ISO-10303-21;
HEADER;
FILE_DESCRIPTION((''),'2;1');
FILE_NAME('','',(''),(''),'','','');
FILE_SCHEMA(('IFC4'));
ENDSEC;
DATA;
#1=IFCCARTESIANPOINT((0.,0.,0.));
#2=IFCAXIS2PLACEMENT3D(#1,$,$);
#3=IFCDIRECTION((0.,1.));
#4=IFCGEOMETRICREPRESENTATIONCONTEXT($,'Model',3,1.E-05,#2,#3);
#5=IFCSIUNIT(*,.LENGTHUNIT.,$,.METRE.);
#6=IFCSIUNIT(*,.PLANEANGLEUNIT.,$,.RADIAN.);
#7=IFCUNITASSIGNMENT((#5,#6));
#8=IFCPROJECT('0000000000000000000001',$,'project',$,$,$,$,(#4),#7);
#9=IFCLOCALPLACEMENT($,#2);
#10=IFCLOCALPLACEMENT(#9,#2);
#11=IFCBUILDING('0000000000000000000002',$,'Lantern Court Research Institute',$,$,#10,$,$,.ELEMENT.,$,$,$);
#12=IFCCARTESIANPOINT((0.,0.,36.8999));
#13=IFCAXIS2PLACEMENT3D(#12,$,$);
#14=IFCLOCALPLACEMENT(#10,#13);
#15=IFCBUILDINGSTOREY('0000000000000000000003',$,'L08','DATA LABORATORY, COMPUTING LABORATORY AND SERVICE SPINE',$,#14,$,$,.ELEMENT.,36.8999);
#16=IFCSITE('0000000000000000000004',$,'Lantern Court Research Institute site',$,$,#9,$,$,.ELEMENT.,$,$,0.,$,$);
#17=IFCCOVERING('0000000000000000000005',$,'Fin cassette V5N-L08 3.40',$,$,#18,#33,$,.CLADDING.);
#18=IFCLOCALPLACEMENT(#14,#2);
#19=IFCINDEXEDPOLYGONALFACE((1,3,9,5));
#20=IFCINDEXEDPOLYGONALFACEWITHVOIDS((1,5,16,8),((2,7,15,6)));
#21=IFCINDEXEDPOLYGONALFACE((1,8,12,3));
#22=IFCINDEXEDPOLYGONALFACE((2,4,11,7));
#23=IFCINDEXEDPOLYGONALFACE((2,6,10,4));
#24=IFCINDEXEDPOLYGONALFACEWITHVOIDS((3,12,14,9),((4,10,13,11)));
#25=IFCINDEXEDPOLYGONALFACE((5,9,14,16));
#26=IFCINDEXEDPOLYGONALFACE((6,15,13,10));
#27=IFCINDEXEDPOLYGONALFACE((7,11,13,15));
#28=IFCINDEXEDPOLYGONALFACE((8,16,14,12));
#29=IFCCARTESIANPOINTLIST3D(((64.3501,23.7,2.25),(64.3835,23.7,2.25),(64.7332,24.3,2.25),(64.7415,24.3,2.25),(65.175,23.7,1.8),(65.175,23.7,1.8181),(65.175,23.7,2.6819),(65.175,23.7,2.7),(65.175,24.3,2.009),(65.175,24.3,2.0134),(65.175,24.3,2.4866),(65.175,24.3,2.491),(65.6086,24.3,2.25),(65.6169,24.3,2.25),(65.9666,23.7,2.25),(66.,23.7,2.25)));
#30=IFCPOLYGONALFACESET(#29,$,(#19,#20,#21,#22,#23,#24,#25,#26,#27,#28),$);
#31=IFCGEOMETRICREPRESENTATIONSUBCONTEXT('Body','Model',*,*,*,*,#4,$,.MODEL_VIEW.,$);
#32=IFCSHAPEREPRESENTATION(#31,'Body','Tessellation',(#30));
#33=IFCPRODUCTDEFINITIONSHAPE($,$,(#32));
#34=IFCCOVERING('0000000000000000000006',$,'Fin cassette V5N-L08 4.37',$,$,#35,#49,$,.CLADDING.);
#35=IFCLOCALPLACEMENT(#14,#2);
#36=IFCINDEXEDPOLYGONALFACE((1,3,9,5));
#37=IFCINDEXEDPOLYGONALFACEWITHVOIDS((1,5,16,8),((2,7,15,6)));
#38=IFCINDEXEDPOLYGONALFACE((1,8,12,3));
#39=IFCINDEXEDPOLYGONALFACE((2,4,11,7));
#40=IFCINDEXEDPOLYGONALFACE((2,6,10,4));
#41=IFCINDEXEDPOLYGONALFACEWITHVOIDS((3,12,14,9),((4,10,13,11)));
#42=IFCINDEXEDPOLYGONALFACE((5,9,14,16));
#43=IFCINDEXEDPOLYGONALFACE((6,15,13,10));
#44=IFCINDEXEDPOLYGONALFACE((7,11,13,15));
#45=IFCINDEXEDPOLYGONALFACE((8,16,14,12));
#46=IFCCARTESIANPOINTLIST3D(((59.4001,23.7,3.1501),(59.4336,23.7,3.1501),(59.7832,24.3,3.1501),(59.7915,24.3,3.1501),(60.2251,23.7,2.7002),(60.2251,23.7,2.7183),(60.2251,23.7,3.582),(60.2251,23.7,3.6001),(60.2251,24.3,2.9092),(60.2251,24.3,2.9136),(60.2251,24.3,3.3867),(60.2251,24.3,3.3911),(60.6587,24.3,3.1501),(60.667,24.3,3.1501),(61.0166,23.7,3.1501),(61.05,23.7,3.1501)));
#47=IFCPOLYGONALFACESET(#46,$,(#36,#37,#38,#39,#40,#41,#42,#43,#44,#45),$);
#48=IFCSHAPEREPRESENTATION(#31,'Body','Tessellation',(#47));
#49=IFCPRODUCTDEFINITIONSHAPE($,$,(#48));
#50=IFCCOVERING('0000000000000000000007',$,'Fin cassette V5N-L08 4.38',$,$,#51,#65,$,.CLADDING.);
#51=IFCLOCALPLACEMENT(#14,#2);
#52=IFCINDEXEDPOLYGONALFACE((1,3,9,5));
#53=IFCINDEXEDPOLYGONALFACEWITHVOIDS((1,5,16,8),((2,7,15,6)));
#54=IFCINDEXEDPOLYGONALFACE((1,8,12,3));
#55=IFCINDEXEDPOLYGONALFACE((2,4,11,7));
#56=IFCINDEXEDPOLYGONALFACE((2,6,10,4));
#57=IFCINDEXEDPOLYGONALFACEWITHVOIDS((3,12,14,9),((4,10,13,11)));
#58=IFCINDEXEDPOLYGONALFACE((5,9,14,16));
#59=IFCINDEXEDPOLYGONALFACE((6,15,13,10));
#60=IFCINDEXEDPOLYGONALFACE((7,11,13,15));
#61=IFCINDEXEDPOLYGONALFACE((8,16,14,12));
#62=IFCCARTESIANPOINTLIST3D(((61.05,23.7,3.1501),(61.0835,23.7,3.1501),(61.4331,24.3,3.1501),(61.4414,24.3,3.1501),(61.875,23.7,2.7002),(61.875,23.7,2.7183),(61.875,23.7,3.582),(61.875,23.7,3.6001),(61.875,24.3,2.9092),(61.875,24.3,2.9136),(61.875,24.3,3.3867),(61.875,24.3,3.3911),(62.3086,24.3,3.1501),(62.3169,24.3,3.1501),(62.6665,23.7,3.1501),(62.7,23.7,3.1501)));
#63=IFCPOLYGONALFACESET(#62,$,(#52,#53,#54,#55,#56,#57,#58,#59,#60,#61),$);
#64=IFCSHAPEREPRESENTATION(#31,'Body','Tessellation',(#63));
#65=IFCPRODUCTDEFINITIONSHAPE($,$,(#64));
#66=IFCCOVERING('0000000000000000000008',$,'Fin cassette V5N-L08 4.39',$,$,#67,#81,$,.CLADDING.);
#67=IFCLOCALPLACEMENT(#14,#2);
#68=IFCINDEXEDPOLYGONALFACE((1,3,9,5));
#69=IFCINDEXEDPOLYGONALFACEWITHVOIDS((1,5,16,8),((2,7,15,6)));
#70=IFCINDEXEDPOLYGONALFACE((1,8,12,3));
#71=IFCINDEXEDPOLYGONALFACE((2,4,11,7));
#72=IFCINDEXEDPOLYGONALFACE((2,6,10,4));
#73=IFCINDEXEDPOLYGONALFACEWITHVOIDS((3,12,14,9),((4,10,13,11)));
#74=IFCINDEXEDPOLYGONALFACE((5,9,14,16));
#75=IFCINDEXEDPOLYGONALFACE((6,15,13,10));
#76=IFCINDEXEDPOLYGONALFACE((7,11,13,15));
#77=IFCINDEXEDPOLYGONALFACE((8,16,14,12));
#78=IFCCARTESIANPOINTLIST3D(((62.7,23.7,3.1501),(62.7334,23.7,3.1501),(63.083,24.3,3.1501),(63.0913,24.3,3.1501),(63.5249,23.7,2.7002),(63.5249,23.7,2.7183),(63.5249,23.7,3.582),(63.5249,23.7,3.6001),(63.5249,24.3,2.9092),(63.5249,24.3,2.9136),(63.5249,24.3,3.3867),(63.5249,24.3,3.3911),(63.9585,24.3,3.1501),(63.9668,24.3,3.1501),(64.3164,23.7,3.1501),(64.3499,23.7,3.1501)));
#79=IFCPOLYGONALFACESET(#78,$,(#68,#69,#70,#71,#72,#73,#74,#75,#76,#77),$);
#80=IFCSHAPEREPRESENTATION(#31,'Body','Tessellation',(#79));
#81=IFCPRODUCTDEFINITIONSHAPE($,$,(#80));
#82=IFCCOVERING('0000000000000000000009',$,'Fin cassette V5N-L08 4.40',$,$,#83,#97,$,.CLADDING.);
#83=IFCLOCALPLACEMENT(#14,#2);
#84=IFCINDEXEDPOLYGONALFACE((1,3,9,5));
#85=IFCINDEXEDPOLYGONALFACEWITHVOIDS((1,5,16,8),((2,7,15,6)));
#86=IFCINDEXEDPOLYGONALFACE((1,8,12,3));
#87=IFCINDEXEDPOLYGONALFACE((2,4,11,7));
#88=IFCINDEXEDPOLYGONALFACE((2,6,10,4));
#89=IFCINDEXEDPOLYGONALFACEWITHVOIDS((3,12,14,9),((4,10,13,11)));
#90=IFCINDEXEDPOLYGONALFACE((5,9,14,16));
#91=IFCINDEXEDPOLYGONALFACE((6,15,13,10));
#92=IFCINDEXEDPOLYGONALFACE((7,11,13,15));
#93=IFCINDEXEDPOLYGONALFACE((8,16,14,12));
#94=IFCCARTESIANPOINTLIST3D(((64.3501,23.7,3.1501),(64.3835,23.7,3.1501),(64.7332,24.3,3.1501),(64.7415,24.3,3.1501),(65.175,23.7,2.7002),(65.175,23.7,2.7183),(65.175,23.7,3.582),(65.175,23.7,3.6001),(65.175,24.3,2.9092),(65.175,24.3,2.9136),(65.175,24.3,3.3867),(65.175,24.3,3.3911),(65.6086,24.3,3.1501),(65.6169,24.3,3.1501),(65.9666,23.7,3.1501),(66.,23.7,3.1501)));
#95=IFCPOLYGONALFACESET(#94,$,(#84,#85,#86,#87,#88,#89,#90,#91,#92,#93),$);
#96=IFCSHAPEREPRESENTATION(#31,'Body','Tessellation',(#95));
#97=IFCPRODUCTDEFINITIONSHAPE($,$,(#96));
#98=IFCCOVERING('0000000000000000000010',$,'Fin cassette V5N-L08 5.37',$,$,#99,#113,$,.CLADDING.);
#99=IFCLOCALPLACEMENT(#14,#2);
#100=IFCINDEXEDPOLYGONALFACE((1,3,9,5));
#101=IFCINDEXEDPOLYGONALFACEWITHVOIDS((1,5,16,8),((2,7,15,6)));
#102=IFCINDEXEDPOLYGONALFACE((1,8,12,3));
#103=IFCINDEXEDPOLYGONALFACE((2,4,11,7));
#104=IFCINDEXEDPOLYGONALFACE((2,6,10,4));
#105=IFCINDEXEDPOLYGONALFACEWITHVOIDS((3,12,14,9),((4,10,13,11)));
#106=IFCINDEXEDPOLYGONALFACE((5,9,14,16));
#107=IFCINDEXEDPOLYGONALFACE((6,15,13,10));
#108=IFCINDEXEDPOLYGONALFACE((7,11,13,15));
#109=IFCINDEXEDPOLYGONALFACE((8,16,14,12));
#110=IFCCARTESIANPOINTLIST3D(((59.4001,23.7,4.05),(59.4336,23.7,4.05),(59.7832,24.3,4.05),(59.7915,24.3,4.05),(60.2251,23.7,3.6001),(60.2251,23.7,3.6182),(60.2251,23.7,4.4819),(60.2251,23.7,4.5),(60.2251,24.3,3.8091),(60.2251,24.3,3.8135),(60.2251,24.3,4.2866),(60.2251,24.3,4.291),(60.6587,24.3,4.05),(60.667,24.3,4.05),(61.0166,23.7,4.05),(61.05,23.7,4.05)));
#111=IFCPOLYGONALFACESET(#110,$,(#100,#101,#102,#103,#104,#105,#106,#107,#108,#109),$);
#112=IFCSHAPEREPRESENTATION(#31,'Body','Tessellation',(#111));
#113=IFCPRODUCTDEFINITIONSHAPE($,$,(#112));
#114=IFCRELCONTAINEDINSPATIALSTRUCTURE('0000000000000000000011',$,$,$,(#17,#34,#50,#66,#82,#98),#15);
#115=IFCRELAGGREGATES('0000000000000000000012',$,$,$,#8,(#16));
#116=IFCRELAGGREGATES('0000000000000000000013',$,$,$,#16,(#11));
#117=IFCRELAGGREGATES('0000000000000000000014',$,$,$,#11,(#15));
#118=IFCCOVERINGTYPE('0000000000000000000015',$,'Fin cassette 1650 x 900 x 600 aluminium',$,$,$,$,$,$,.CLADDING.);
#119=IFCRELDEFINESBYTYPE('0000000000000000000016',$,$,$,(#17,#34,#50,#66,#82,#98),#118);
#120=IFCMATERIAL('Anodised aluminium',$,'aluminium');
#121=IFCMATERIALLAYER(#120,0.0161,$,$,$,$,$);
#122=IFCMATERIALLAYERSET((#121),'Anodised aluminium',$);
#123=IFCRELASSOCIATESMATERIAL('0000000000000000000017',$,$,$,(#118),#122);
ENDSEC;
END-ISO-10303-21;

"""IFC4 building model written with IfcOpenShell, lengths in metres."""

from ifc_helpers import new_model, entity, si_unit, direction, frame, origin, place, context, subcontext, project, spatial, material, layer, layer_set, type_object, element, save


model = new_model("IFC4")

# Units and contexts
model_context = context("Model", 3, precision=1e-05, world=origin(), true_north=direction((0.0, 1.0)))
body_context = subcontext(model_context, "Body", "Model", "MODEL_VIEW")
ifc_project = project(units=[si_unit("LENGTHUNIT", "METRE"), si_unit("PLANEANGLEUNIT", "RADIAN")], contexts=[model_context])

# Site, building, storey
site_placement = place(None, origin())
site = spatial("IfcSite", under=ifc_project, at=site_placement, Name="Lantern Court Research Institute site", CompositionType="ELEMENT", RefElevation=0.0)
building_placement = place(site_placement, origin())
building = spatial("IfcBuilding", under=site, at=building_placement, Name="Lantern Court Research Institute", CompositionType="ELEMENT")
storey_placement = place(building_placement, frame((0.0, 0.0, 36.8999)))
storey = spatial("IfcBuildingStorey", under=building, at=storey_placement, Name="L08", Description="DATA LABORATORY, COMPUTING LABORATORY AND SERVICE SPINE", CompositionType="ELEMENT", Elevation=36.8999)

# Coverings
ifc_material_1 = material(Name="Anodised aluminium", Category="aluminium")
ifc_layer_1 = layer(ifc_material_1, 0.0161)
ifc_layer_set_1 = layer_set([ifc_layer_1], Name="Anodised aluminium")
covering_type = type_object("IfcCoveringType", Name="Fin cassette 1650 x 900 x 600 aluminium", PredefinedType="CLADDING", material=ifc_layer_set_1)
covering_1_placement = place(storey_placement, frame((65.175, 23.7, 2.25), z_axis=(0.0, 1.0, 0.0), x_axis=(-1.0, 0.0, 0.0)))
cartesian_point_1 = entity("IfcCartesianPoint", [0.825, 0.0])
cartesian_point_2 = entity("IfcCartesianPoint", [0.7915, 0.0])
cartesian_point_3 = entity("IfcCartesianPoint", [0.4419, 0.0])
cartesian_point_4 = entity("IfcCartesianPoint", [0.4336, 0.0])
element("IfcCovering", 1, at=covering_1_placement, inside=storey, type_object=covering_type, Name="Fin cassette V5N-L08 3.40", PredefinedType="CLADDING", context=body_context, shape_type="SweptSolid", body=[
    entity("IfcExtrudedAreaSolidTapered", entity("IfcArbitraryProfileDefWithVoids", "AREA", None, entity("IfcPolyline", [cartesian_point_1, entity("IfcCartesianPoint", [0.0, 0.45]), entity("IfcCartesianPoint", [-0.825, 0.0]), entity("IfcCartesianPoint", [0.0, -0.45]), cartesian_point_1]), [entity("IfcPolyline", [cartesian_point_2, entity("IfcCartesianPoint", [0.0, 0.4319]), entity("IfcCartesianPoint", [-0.7915, 0.0]), entity("IfcCartesianPoint", [0.0, -0.4319]), cartesian_point_2])]), entity("IfcAxis2Placement3D", entity("IfcCartesianPoint", [0.0, 0.0, 0.0])), entity("IfcDirection", [0.0, 0.0, 1.0]), 0.6001, entity("IfcArbitraryProfileDefWithVoids", "AREA", None, entity("IfcPolyline", [cartesian_point_3, entity("IfcCartesianPoint", [0.0, 0.241]), entity("IfcCartesianPoint", [-0.4419, 0.0]), entity("IfcCartesianPoint", [0.0, -0.241]), cartesian_point_3]), [entity("IfcPolyline", [cartesian_point_4, entity("IfcCartesianPoint", [0.0, 0.2366]), entity("IfcCartesianPoint", [-0.4336, 0.0]), entity("IfcCartesianPoint", [0.0, -0.2366]), cartesian_point_4])])),
])
covering_2_placement = place(storey_placement, frame((60.2251, 23.7, 3.1501), z_axis=(0.0, 1.0, 0.0), x_axis=(-1.0, 0.0, 0.0)))
cartesian_point_5 = entity("IfcCartesianPoint", [0.825, 0.0])
cartesian_point_6 = entity("IfcCartesianPoint", [0.7915, 0.0])
cartesian_point_7 = entity("IfcCartesianPoint", [0.4419, 0.0])
cartesian_point_8 = entity("IfcCartesianPoint", [0.4336, 0.0])
element("IfcCovering", 2, at=covering_2_placement, inside=storey, type_object=covering_type, Name="Fin cassette V5N-L08 4.37", PredefinedType="CLADDING", context=body_context, shape_type="SweptSolid", body=[
    entity("IfcExtrudedAreaSolidTapered", entity("IfcArbitraryProfileDefWithVoids", "AREA", None, entity("IfcPolyline", [cartesian_point_5, entity("IfcCartesianPoint", [0.0, 0.45]), entity("IfcCartesianPoint", [-0.825, 0.0]), entity("IfcCartesianPoint", [0.0, -0.45]), cartesian_point_5]), [entity("IfcPolyline", [cartesian_point_6, entity("IfcCartesianPoint", [0.0, 0.4319]), entity("IfcCartesianPoint", [-0.7915, 0.0]), entity("IfcCartesianPoint", [0.0, -0.4319]), cartesian_point_6])]), entity("IfcAxis2Placement3D", entity("IfcCartesianPoint", [0.0, 0.0, 0.0])), entity("IfcDirection", [0.0, 0.0, 1.0]), 0.6001, entity("IfcArbitraryProfileDefWithVoids", "AREA", None, entity("IfcPolyline", [cartesian_point_7, entity("IfcCartesianPoint", [0.0, 0.241]), entity("IfcCartesianPoint", [-0.4419, 0.0]), entity("IfcCartesianPoint", [0.0, -0.241]), cartesian_point_7]), [entity("IfcPolyline", [cartesian_point_8, entity("IfcCartesianPoint", [0.0, 0.2366]), entity("IfcCartesianPoint", [-0.4336, 0.0]), entity("IfcCartesianPoint", [0.0, -0.2366]), cartesian_point_8])])),
])
covering_3_placement = place(storey_placement, frame((61.875, 23.7, 3.1501), z_axis=(0.0, 1.0, 0.0), x_axis=(-1.0, 0.0, 0.0)))
cartesian_point_9 = entity("IfcCartesianPoint", [0.825, 0.0])
cartesian_point_10 = entity("IfcCartesianPoint", [0.7915, 0.0])
cartesian_point_11 = entity("IfcCartesianPoint", [0.4419, 0.0])
cartesian_point_12 = entity("IfcCartesianPoint", [0.4336, 0.0])
element("IfcCovering", 3, at=covering_3_placement, inside=storey, type_object=covering_type, Name="Fin cassette V5N-L08 4.38", PredefinedType="CLADDING", context=body_context, shape_type="SweptSolid", body=[
    entity("IfcExtrudedAreaSolidTapered", entity("IfcArbitraryProfileDefWithVoids", "AREA", None, entity("IfcPolyline", [cartesian_point_9, entity("IfcCartesianPoint", [0.0, 0.45]), entity("IfcCartesianPoint", [-0.825, 0.0]), entity("IfcCartesianPoint", [0.0, -0.45]), cartesian_point_9]), [entity("IfcPolyline", [cartesian_point_10, entity("IfcCartesianPoint", [0.0, 0.4319]), entity("IfcCartesianPoint", [-0.7915, 0.0]), entity("IfcCartesianPoint", [0.0, -0.4319]), cartesian_point_10])]), entity("IfcAxis2Placement3D", entity("IfcCartesianPoint", [0.0, 0.0, 0.0])), entity("IfcDirection", [0.0, 0.0, 1.0]), 0.6001, entity("IfcArbitraryProfileDefWithVoids", "AREA", None, entity("IfcPolyline", [cartesian_point_11, entity("IfcCartesianPoint", [0.0, 0.241]), entity("IfcCartesianPoint", [-0.4419, 0.0]), entity("IfcCartesianPoint", [0.0, -0.241]), cartesian_point_11]), [entity("IfcPolyline", [cartesian_point_12, entity("IfcCartesianPoint", [0.0, 0.2366]), entity("IfcCartesianPoint", [-0.4336, 0.0]), entity("IfcCartesianPoint", [0.0, -0.2366]), cartesian_point_12])])),
])
covering_4_placement = place(storey_placement, frame((63.5249, 23.7, 3.1501), z_axis=(0.0, 1.0, 0.0), x_axis=(-1.0, 0.0, 0.0)))
cartesian_point_13 = entity("IfcCartesianPoint", [0.825, 0.0])
cartesian_point_14 = entity("IfcCartesianPoint", [0.7915, 0.0])
cartesian_point_15 = entity("IfcCartesianPoint", [0.4419, 0.0])
cartesian_point_16 = entity("IfcCartesianPoint", [0.4336, 0.0])
element("IfcCovering", 4, at=covering_4_placement, inside=storey, type_object=covering_type, Name="Fin cassette V5N-L08 4.39", PredefinedType="CLADDING", context=body_context, shape_type="SweptSolid", body=[
    entity("IfcExtrudedAreaSolidTapered", entity("IfcArbitraryProfileDefWithVoids", "AREA", None, entity("IfcPolyline", [cartesian_point_13, entity("IfcCartesianPoint", [0.0, 0.45]), entity("IfcCartesianPoint", [-0.825, 0.0]), entity("IfcCartesianPoint", [0.0, -0.45]), cartesian_point_13]), [entity("IfcPolyline", [cartesian_point_14, entity("IfcCartesianPoint", [0.0, 0.4319]), entity("IfcCartesianPoint", [-0.7915, 0.0]), entity("IfcCartesianPoint", [0.0, -0.4319]), cartesian_point_14])]), entity("IfcAxis2Placement3D", entity("IfcCartesianPoint", [0.0, 0.0, 0.0])), entity("IfcDirection", [0.0, 0.0, 1.0]), 0.6001, entity("IfcArbitraryProfileDefWithVoids", "AREA", None, entity("IfcPolyline", [cartesian_point_15, entity("IfcCartesianPoint", [0.0, 0.241]), entity("IfcCartesianPoint", [-0.4419, 0.0]), entity("IfcCartesianPoint", [0.0, -0.241]), cartesian_point_15]), [entity("IfcPolyline", [cartesian_point_16, entity("IfcCartesianPoint", [0.0, 0.2366]), entity("IfcCartesianPoint", [-0.4336, 0.0]), entity("IfcCartesianPoint", [0.0, -0.2366]), cartesian_point_16])])),
])
covering_5_placement = place(storey_placement, frame((65.175, 23.7, 3.1501), z_axis=(0.0, 1.0, 0.0), x_axis=(-1.0, 0.0, 0.0)))
cartesian_point_17 = entity("IfcCartesianPoint", [0.825, 0.0])
cartesian_point_18 = entity("IfcCartesianPoint", [0.7915, 0.0])
cartesian_point_19 = entity("IfcCartesianPoint", [0.4419, 0.0])
cartesian_point_20 = entity("IfcCartesianPoint", [0.4336, 0.0])
element("IfcCovering", 5, at=covering_5_placement, inside=storey, type_object=covering_type, Name="Fin cassette V5N-L08 4.40", PredefinedType="CLADDING", context=body_context, shape_type="SweptSolid", body=[
    entity("IfcExtrudedAreaSolidTapered", entity("IfcArbitraryProfileDefWithVoids", "AREA", None, entity("IfcPolyline", [cartesian_point_17, entity("IfcCartesianPoint", [0.0, 0.45]), entity("IfcCartesianPoint", [-0.825, 0.0]), entity("IfcCartesianPoint", [0.0, -0.45]), cartesian_point_17]), [entity("IfcPolyline", [cartesian_point_18, entity("IfcCartesianPoint", [0.0, 0.4319]), entity("IfcCartesianPoint", [-0.7915, 0.0]), entity("IfcCartesianPoint", [0.0, -0.4319]), cartesian_point_18])]), entity("IfcAxis2Placement3D", entity("IfcCartesianPoint", [0.0, 0.0, 0.0])), entity("IfcDirection", [0.0, 0.0, 1.0]), 0.6001, entity("IfcArbitraryProfileDefWithVoids", "AREA", None, entity("IfcPolyline", [cartesian_point_19, entity("IfcCartesianPoint", [0.0, 0.241]), entity("IfcCartesianPoint", [-0.4419, 0.0]), entity("IfcCartesianPoint", [0.0, -0.241]), cartesian_point_19]), [entity("IfcPolyline", [cartesian_point_20, entity("IfcCartesianPoint", [0.0, 0.2366]), entity("IfcCartesianPoint", [-0.4336, 0.0]), entity("IfcCartesianPoint", [0.0, -0.2366]), cartesian_point_20])])),
])
covering_6_placement = place(storey_placement, frame((60.2251, 23.7, 4.05), z_axis=(0.0, 1.0, 0.0), x_axis=(-1.0, 0.0, 0.0)))
cartesian_point_21 = entity("IfcCartesianPoint", [0.825, 0.0])
cartesian_point_22 = entity("IfcCartesianPoint", [0.7915, 0.0])
cartesian_point_23 = entity("IfcCartesianPoint", [0.4419, 0.0])
cartesian_point_24 = entity("IfcCartesianPoint", [0.4336, 0.0])
element("IfcCovering", 6, at=covering_6_placement, inside=storey, type_object=covering_type, Name="Fin cassette V5N-L08 5.37", PredefinedType="CLADDING", context=body_context, shape_type="SweptSolid", body=[
    entity("IfcExtrudedAreaSolidTapered", entity("IfcArbitraryProfileDefWithVoids", "AREA", None, entity("IfcPolyline", [cartesian_point_21, entity("IfcCartesianPoint", [0.0, 0.45]), entity("IfcCartesianPoint", [-0.825, 0.0]), entity("IfcCartesianPoint", [0.0, -0.45]), cartesian_point_21]), [entity("IfcPolyline", [cartesian_point_22, entity("IfcCartesianPoint", [0.0, 0.4319]), entity("IfcCartesianPoint", [-0.7915, 0.0]), entity("IfcCartesianPoint", [0.0, -0.4319]), cartesian_point_22])]), entity("IfcAxis2Placement3D", entity("IfcCartesianPoint", [0.0, 0.0, 0.0])), entity("IfcDirection", [0.0, 0.0, 1.0]), 0.6001, entity("IfcArbitraryProfileDefWithVoids", "AREA", None, entity("IfcPolyline", [cartesian_point_23, entity("IfcCartesianPoint", [0.0, 0.241]), entity("IfcCartesianPoint", [-0.4419, 0.0]), entity("IfcCartesianPoint", [0.0, -0.241]), cartesian_point_23]), [entity("IfcPolyline", [cartesian_point_24, entity("IfcCartesianPoint", [0.0, 0.2366]), entity("IfcCartesianPoint", [-0.4336, 0.0]), entity("IfcCartesianPoint", [0.0, -0.2366]), cartesian_point_24])])),
])

save(model, "model.ifc")
